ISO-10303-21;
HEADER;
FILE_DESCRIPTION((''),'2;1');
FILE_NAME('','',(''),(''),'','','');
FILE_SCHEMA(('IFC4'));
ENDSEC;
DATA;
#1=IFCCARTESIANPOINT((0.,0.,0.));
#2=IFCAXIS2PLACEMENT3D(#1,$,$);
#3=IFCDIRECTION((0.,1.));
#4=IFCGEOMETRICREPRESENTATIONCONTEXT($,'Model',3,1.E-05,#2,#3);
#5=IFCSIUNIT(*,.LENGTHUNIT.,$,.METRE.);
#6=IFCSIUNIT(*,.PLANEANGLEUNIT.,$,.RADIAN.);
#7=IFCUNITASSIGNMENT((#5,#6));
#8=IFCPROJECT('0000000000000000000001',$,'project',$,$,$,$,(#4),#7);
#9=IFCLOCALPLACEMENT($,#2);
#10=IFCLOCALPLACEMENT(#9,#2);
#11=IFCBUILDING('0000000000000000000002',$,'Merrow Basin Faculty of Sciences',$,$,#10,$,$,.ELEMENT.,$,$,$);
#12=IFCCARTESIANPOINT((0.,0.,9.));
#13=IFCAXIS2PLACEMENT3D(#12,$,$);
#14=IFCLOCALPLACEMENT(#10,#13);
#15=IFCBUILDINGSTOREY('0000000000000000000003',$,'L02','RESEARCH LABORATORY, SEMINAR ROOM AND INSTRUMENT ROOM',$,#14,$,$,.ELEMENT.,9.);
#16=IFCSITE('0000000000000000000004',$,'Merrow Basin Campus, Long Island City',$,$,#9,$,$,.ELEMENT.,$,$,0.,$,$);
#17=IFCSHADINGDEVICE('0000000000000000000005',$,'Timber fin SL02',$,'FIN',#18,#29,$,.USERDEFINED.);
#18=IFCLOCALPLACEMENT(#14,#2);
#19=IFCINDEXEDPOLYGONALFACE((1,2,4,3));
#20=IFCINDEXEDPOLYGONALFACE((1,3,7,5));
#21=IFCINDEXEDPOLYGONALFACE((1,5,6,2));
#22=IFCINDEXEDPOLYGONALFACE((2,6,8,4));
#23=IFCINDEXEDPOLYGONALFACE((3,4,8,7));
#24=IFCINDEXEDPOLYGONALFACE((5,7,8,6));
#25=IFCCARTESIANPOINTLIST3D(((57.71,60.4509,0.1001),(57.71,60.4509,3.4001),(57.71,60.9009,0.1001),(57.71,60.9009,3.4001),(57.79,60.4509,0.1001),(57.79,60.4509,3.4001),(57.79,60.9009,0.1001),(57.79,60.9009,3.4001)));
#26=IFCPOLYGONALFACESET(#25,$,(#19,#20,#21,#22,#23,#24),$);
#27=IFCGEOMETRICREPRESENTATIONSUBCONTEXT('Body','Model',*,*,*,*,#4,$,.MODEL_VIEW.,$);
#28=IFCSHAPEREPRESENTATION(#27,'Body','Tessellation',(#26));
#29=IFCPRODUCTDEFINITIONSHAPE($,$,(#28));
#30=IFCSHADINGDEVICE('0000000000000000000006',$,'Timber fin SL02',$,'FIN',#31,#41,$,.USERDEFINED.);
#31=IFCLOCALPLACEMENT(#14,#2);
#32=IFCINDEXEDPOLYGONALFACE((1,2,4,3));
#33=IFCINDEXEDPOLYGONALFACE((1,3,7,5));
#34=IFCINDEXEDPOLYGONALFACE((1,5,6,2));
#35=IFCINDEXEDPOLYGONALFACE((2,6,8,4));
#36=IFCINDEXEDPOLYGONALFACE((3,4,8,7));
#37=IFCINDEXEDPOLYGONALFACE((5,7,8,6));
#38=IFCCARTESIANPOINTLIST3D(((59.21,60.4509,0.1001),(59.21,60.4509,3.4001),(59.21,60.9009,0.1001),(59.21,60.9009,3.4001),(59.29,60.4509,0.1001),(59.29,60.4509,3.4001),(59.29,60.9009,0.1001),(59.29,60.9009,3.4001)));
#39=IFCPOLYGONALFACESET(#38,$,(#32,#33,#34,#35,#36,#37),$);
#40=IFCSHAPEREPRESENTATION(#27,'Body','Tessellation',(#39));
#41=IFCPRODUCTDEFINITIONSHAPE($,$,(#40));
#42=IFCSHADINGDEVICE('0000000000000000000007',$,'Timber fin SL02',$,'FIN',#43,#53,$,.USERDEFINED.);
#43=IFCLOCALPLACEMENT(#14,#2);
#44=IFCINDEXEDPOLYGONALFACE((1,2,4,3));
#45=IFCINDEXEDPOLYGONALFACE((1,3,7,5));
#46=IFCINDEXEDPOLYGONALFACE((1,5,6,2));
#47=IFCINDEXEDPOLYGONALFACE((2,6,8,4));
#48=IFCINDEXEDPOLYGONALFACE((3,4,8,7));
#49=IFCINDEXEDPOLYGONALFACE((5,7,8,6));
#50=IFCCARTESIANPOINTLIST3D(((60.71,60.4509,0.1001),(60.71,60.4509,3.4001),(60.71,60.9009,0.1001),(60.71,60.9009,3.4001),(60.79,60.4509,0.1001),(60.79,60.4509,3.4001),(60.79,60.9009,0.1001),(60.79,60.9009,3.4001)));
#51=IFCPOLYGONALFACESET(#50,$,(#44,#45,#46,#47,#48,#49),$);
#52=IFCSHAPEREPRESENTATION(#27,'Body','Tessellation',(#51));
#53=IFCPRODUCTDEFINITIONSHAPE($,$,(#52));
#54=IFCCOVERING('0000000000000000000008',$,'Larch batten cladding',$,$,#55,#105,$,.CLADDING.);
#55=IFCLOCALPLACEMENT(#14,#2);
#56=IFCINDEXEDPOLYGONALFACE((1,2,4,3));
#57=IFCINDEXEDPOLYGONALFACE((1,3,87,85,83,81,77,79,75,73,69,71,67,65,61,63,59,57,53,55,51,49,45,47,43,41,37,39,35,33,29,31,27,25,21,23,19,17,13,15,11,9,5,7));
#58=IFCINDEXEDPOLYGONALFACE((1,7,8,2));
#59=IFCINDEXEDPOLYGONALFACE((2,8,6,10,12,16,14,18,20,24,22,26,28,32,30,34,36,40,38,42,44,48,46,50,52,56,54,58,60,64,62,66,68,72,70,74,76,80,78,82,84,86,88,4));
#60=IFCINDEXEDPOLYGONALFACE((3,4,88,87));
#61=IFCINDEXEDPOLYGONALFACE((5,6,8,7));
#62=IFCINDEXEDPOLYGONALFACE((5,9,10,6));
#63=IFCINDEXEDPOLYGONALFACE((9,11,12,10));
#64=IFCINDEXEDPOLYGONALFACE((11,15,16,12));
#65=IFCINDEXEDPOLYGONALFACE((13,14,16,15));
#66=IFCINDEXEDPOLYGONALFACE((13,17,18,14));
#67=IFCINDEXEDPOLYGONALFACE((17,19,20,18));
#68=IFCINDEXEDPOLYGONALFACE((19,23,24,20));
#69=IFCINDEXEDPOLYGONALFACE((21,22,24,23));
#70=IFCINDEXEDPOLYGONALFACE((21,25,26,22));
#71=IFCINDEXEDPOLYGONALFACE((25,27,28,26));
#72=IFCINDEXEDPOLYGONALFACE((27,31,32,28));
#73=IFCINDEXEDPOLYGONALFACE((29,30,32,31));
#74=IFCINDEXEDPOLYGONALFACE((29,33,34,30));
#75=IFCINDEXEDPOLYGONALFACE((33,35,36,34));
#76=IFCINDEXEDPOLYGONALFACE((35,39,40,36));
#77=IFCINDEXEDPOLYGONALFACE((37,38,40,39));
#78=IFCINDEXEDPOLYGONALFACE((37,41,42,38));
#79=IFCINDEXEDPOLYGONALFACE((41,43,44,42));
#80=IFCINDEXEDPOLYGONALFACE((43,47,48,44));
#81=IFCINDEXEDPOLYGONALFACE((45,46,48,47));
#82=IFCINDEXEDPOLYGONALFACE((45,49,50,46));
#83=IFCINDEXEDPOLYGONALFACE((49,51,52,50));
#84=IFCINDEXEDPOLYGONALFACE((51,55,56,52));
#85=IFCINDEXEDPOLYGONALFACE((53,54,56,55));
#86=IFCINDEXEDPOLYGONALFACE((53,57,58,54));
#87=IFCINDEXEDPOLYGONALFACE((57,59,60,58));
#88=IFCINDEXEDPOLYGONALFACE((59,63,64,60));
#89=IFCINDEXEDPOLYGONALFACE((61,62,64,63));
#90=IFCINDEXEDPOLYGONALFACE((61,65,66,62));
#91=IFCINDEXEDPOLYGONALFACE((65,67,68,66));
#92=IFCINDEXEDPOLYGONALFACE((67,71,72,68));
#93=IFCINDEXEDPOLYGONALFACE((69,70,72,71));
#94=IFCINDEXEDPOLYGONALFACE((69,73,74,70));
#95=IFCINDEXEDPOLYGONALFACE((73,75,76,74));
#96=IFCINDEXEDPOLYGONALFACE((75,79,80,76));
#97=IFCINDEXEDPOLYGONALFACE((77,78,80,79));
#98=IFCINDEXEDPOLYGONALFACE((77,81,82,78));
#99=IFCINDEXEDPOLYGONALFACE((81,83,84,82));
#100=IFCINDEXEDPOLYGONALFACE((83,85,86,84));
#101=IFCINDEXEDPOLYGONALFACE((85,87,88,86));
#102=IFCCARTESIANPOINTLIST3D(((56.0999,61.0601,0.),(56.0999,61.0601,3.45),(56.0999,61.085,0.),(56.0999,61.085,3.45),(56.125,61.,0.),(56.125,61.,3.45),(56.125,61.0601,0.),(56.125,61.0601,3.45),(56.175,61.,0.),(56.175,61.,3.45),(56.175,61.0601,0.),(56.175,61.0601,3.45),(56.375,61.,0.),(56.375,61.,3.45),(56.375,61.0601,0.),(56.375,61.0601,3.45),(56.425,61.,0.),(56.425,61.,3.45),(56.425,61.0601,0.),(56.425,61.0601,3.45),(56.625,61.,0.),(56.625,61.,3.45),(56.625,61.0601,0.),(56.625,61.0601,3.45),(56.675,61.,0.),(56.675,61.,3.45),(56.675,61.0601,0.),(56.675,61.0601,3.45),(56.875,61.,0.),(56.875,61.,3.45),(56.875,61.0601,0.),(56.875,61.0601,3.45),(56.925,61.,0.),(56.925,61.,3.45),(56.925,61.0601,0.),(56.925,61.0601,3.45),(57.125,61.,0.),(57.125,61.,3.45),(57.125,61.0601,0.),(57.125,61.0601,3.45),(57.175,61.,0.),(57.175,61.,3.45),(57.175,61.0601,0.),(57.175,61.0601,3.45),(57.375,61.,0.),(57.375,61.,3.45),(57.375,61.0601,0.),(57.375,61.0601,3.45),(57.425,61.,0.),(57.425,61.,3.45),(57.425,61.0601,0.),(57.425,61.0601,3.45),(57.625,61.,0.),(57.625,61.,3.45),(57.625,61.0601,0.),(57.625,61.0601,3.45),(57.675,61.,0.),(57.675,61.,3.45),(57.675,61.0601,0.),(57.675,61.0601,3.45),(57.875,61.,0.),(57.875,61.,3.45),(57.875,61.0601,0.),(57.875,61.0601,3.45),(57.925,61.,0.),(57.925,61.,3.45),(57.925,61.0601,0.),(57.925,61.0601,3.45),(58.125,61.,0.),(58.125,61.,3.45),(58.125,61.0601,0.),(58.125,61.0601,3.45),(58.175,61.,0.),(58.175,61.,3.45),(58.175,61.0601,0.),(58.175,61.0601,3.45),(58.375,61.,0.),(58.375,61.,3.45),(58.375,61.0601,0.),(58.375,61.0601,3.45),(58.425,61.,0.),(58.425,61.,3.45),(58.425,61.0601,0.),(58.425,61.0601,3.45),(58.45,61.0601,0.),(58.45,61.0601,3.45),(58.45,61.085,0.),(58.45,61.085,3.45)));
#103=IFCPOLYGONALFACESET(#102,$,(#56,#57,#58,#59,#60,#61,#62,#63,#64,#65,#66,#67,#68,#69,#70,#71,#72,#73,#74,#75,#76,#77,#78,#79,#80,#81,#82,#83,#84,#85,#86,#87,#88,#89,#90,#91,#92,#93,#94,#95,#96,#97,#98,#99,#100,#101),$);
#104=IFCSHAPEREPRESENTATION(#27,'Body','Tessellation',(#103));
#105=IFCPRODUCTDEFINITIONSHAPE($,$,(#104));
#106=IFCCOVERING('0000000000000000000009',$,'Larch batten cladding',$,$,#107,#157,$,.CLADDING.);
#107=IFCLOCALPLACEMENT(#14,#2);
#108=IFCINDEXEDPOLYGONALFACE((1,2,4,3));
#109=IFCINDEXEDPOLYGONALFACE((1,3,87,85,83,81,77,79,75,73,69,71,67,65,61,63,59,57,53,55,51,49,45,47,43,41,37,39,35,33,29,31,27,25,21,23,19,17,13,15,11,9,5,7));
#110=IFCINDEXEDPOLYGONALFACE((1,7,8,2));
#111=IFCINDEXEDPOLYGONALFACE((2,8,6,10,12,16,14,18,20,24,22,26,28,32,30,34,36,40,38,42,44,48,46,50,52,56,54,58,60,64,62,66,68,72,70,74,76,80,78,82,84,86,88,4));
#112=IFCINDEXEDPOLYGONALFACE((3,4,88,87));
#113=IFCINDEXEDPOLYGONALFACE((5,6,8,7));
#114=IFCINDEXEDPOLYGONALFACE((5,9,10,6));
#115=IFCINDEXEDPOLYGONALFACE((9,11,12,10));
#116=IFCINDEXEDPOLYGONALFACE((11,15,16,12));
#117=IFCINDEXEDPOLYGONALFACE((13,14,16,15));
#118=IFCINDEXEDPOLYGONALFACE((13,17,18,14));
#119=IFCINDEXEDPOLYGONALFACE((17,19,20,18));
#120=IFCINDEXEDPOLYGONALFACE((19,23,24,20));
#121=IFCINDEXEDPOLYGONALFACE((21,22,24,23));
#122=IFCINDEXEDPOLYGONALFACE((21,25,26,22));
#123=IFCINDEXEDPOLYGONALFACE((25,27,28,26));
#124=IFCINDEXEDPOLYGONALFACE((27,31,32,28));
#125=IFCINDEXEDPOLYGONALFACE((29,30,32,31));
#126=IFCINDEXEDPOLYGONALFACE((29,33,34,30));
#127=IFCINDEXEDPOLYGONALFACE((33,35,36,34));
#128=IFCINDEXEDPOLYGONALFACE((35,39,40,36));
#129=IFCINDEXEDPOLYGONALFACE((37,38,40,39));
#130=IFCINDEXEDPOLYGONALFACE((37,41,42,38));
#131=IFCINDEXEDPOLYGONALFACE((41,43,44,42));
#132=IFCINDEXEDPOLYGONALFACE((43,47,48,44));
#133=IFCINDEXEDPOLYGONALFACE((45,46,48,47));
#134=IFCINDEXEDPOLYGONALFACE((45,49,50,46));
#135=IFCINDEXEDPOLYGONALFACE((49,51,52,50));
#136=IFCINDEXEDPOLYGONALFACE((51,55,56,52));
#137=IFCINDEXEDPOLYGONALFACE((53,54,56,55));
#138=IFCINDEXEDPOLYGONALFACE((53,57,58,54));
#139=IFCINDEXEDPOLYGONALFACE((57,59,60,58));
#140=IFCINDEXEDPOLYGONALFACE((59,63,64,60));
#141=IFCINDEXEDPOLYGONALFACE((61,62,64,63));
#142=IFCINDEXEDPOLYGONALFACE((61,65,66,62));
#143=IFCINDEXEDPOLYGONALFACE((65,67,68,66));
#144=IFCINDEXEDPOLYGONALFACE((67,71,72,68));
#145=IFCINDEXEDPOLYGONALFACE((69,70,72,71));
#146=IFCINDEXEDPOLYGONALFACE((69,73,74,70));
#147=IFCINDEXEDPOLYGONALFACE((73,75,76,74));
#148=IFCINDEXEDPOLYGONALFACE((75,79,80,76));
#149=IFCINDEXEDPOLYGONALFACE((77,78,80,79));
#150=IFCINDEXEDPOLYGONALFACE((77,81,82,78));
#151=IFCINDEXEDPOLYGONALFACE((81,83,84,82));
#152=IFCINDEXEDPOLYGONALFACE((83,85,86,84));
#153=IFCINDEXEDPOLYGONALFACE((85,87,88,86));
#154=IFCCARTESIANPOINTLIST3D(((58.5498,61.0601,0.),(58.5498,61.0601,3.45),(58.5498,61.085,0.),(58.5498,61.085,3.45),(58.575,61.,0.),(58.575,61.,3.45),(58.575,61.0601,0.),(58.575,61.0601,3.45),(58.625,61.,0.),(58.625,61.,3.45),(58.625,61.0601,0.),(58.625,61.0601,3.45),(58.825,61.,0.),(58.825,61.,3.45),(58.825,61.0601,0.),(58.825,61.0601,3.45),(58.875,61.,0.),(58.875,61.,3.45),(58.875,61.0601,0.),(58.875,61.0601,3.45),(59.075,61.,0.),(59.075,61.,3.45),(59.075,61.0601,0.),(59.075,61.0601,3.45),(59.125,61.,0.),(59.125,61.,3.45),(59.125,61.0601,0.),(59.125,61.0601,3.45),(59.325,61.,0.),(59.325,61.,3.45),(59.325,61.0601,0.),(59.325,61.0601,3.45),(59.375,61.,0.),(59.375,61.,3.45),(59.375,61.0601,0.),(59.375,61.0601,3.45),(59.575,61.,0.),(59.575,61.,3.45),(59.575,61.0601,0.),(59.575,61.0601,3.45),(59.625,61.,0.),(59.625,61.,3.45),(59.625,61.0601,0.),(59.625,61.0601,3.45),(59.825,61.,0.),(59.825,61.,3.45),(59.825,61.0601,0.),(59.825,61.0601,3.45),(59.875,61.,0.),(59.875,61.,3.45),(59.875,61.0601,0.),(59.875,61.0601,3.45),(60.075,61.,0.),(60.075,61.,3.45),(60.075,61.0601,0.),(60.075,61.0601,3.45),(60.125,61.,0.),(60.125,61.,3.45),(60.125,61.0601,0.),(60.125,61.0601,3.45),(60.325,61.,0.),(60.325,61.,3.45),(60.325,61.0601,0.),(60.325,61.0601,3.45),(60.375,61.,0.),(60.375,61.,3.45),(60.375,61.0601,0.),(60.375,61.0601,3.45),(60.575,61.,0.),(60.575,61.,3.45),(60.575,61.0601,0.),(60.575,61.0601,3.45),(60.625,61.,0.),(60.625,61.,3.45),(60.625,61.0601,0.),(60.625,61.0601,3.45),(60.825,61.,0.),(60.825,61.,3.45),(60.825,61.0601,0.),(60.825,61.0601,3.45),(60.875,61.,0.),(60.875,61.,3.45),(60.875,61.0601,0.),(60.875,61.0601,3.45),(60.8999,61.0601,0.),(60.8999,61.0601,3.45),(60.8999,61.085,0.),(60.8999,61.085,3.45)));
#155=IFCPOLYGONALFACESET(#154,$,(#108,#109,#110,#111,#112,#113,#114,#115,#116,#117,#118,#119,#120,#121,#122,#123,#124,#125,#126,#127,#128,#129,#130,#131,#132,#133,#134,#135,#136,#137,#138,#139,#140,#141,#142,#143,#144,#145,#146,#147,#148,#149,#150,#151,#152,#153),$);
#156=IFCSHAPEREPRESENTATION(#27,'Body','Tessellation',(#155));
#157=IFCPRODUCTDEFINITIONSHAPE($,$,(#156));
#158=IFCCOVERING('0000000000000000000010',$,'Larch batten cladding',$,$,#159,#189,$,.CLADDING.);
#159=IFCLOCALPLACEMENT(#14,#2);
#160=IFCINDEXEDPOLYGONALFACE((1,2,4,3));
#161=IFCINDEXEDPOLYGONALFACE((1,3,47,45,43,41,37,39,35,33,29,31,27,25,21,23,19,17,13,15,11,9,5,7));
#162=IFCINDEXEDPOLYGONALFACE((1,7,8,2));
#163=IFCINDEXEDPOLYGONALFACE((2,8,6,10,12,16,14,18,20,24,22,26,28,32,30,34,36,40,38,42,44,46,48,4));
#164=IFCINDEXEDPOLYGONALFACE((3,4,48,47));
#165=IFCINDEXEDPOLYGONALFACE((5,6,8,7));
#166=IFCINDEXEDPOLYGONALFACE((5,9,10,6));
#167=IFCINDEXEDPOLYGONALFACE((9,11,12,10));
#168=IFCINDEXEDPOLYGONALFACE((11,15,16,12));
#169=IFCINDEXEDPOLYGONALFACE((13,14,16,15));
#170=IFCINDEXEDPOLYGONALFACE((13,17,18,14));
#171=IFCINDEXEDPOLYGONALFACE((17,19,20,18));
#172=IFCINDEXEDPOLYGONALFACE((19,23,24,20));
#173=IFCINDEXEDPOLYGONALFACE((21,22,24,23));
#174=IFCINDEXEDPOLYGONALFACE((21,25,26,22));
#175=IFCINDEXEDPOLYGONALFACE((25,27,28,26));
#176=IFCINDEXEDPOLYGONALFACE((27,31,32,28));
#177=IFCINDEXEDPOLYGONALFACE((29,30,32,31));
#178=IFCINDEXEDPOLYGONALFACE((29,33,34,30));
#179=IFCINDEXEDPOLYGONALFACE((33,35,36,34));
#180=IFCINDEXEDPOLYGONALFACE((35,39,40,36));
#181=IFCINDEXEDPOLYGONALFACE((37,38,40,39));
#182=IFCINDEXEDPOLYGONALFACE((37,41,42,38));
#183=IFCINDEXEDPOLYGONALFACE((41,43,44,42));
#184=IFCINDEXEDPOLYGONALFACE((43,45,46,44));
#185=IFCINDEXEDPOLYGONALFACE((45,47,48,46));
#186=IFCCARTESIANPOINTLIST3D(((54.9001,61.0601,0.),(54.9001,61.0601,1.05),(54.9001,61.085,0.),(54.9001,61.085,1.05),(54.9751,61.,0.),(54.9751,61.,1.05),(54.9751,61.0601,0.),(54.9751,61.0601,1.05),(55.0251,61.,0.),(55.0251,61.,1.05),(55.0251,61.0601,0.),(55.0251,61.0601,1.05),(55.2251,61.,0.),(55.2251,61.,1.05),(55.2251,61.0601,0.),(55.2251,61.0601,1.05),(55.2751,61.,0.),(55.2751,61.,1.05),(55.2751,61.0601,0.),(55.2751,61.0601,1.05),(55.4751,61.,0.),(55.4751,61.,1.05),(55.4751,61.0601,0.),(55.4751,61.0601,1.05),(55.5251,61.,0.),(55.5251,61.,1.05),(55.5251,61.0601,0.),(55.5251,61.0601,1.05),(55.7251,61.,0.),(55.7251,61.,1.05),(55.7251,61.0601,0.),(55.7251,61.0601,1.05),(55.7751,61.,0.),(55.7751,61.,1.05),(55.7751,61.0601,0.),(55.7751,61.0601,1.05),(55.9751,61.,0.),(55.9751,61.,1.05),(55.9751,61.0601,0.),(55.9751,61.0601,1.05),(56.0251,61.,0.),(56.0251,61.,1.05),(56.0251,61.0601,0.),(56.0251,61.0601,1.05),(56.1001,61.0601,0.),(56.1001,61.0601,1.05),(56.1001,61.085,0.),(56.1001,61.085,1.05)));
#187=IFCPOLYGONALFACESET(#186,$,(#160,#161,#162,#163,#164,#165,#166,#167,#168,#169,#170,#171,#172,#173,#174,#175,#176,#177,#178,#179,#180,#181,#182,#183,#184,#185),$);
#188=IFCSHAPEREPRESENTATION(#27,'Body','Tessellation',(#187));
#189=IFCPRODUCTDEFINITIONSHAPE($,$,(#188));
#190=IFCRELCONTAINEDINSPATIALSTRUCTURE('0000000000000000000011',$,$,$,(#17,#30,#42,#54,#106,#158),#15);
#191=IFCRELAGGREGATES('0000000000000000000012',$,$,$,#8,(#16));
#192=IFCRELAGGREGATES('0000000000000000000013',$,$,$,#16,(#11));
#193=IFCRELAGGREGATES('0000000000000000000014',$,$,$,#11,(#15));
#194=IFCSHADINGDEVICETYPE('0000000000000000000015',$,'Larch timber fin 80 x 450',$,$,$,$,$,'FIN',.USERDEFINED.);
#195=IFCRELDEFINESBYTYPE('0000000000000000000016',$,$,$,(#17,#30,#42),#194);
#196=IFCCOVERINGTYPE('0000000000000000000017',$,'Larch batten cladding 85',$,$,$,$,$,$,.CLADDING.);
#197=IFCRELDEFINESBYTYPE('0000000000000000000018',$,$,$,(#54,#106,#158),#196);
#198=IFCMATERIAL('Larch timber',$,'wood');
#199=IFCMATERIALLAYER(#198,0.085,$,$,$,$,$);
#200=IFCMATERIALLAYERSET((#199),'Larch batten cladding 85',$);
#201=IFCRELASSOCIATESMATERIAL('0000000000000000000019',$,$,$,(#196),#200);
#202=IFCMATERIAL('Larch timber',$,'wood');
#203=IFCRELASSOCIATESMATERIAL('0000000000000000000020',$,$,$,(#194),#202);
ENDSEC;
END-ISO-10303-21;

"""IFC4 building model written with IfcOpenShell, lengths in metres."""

from ifc_helpers import new_model, si_unit, direction, frame, origin, place, context, subcontext, project, spatial, polyline, outline, extrude, source, transform, mapped, material, layer, layer_set, type_object, element, save


model = new_model("IFC4")

# Units and contexts
model_context = context("Model", 3, precision=1e-05, world=origin(), true_north=direction((0.0, 1.0)))
body_context = subcontext(model_context, "Body", "Model", "MODEL_VIEW")
ifc_project = project(units=[si_unit("LENGTHUNIT", "METRE"), si_unit("PLANEANGLEUNIT", "RADIAN")], contexts=[model_context])

# Site, building, storey
site_placement = place(None, origin())
site = spatial("IfcSite", under=ifc_project, at=site_placement, Name="Merrow Basin Campus, Long Island City", CompositionType="ELEMENT", RefElevation=0.0)
building_placement = place(site_placement, origin())
building = spatial("IfcBuilding", under=site, at=building_placement, Name="Merrow Basin Faculty of Sciences", CompositionType="ELEMENT")
storey_placement = place(building_placement, frame((0.0, 0.0, 9.0)))
storey = spatial("IfcBuildingStorey", under=building, at=storey_placement, Name="L02", Description="RESEARCH LABORATORY, SEMINAR ROOM AND INSTRUMENT ROOM", CompositionType="ELEMENT", Elevation=9.0)

# Shared definitions
ifc_material_1 = material(Name="Larch timber", Category="wood")
ifc_layer_1 = layer(ifc_material_1, 0.085)
ifc_layer_set_1 = layer_set([ifc_layer_1], Name="Larch batten cladding 85")
covering_type = type_object("IfcCoveringType", Name="Larch batten cladding 85", PredefinedType="CLADDING", material=ifc_layer_set_1)

# Shading devices
ifc_material_2 = material(Name="Larch timber", Category="wood")
shading_device_type = type_object("IfcShadingDeviceType", Name="Larch timber fin 80 x 450", ElementType="FIN", PredefinedType="USERDEFINED", material=ifc_material_2)
shared_shape_1 = source(origin(), body_context, "Body", "SweptSolid", [
    extrude(outline(polyline([(0.0, 0.0), (0.0801, 0.0), (0.0801, 3.3), (0.0, 3.3), (0.0, 0.0)])), origin(), (0.0, 0.0, 1.0), 0.45),
])
for number, where, z_axis, x_axis, name in (
    (1, (57.71, 60.9009, 0.1001), (0.0, -1.0, 0.0), (1.0, 0.0, 0.0), "Timber fin SL02"),
    (2, (59.21, 60.9009, 0.1001), (0.0, -1.0, 0.0), (1.0, 0.0, 0.0), "Timber fin SL02"),
    (3, (60.71, 60.9009, 0.1001), (0.0, -1.0, 0.0), (1.0, 0.0, 0.0), "Timber fin SL02"),
):
    element("IfcShadingDevice", number, at=place(storey_placement, frame(where, z_axis=z_axis, x_axis=x_axis)), inside=storey, type_object=shading_device_type, Name=name, ObjectType="FIN", PredefinedType="USERDEFINED", context=body_context, shape_type="MappedRepresentation", body=[
        mapped(shared_shape_1, transform((0.0, 0.0, 0.0), scale=1.0)),
    ])

# Coverings
shared_shape_2 = source(origin(), body_context, "Body", "SweptSolid", [
    extrude(outline(polyline([(0.0, 0.0), (2.3501, 0.0), (2.3501, 0.0249), (2.325, 0.0249), (2.325, 0.085), (2.2749, 0.085), (2.2749, 0.0249), (2.075, 0.0249), (2.075, 0.085), (2.0249, 0.085), (2.0249, 0.0249), (1.825, 0.0249), (1.825, 0.085), (1.7749, 0.085), (1.7749, 0.0249), (1.575, 0.0249), (1.575, 0.085), (1.5249, 0.085), (1.5249, 0.0249), (1.325, 0.0249), (1.325, 0.085), (1.2749, 0.085), (1.2749, 0.0249), (1.075, 0.0249), (1.075, 0.085), (1.0249, 0.085), (1.0249, 0.0249), (0.825, 0.0249), (0.825, 0.085), (0.7749, 0.085), (0.7749, 0.0249), (0.575, 0.0249), (0.575, 0.085), (0.5249, 0.085), (0.5249, 0.0249), (0.325, 0.0249), (0.325, 0.085), (0.2749, 0.085), (0.2749, 0.0249), (0.075, 0.0249), (0.075, 0.085), (0.0249, 0.085), (0.0249, 0.0249), (0.0, 0.0249), (0.0, 0.0)])), origin(), (0.0, 0.0, 1.0), 3.45),
])
for number, where, z_axis, x_axis, name in (
    (4, (58.45, 61.085, 0.0), (0.0, 0.0, 1.0), (-1.0, 0.0, 0.0), "Larch batten cladding"),
    (5, (60.8999, 61.085, 0.0), (0.0, 0.0, 1.0), (-1.0, 0.0, 0.0), "Larch batten cladding"),
):
    element("IfcCovering", number, at=place(storey_placement, frame(where, z_axis=z_axis, x_axis=x_axis)), inside=storey, type_object=covering_type, Name=name, PredefinedType="CLADDING", context=body_context, shape_type="MappedRepresentation", body=[
        mapped(shared_shape_2, transform((0.0, 0.0, 0.0), scale=1.0)),
    ])
shared_shape_3 = source(origin(), body_context, "Body", "SweptSolid", [
    extrude(outline(polyline([(0.0, 0.0), (1.2, 0.0), (1.2, 0.0249), (1.125, 0.0249), (1.125, 0.085), (1.075, 0.085), (1.075, 0.0249), (0.875, 0.0249), (0.875, 0.085), (0.825, 0.085), (0.825, 0.0249), (0.625, 0.0249), (0.625, 0.085), (0.575, 0.085), (0.575, 0.0249), (0.375, 0.0249), (0.375, 0.085), (0.325, 0.085), (0.325, 0.0249), (0.125, 0.0249), (0.125, 0.085), (0.075, 0.085), (0.075, 0.0249), (0.0, 0.0249), (0.0, 0.0)])), origin(), (0.0, 0.0, 1.0), 1.05),
])
covering_1_placement = place(storey_placement, frame((56.1001, 61.085, 0.0), z_axis=(0.0, 0.0, 1.0), x_axis=(-1.0, 0.0, 0.0)))
element("IfcCovering", 6, at=covering_1_placement, inside=storey, type_object=covering_type, Name="Larch batten cladding", PredefinedType="CLADDING", context=body_context, shape_type="MappedRepresentation", body=[
    mapped(shared_shape_3, transform((0.0, 0.0, 0.0), scale=1.0)),
])

save(model, "model.ifc")
